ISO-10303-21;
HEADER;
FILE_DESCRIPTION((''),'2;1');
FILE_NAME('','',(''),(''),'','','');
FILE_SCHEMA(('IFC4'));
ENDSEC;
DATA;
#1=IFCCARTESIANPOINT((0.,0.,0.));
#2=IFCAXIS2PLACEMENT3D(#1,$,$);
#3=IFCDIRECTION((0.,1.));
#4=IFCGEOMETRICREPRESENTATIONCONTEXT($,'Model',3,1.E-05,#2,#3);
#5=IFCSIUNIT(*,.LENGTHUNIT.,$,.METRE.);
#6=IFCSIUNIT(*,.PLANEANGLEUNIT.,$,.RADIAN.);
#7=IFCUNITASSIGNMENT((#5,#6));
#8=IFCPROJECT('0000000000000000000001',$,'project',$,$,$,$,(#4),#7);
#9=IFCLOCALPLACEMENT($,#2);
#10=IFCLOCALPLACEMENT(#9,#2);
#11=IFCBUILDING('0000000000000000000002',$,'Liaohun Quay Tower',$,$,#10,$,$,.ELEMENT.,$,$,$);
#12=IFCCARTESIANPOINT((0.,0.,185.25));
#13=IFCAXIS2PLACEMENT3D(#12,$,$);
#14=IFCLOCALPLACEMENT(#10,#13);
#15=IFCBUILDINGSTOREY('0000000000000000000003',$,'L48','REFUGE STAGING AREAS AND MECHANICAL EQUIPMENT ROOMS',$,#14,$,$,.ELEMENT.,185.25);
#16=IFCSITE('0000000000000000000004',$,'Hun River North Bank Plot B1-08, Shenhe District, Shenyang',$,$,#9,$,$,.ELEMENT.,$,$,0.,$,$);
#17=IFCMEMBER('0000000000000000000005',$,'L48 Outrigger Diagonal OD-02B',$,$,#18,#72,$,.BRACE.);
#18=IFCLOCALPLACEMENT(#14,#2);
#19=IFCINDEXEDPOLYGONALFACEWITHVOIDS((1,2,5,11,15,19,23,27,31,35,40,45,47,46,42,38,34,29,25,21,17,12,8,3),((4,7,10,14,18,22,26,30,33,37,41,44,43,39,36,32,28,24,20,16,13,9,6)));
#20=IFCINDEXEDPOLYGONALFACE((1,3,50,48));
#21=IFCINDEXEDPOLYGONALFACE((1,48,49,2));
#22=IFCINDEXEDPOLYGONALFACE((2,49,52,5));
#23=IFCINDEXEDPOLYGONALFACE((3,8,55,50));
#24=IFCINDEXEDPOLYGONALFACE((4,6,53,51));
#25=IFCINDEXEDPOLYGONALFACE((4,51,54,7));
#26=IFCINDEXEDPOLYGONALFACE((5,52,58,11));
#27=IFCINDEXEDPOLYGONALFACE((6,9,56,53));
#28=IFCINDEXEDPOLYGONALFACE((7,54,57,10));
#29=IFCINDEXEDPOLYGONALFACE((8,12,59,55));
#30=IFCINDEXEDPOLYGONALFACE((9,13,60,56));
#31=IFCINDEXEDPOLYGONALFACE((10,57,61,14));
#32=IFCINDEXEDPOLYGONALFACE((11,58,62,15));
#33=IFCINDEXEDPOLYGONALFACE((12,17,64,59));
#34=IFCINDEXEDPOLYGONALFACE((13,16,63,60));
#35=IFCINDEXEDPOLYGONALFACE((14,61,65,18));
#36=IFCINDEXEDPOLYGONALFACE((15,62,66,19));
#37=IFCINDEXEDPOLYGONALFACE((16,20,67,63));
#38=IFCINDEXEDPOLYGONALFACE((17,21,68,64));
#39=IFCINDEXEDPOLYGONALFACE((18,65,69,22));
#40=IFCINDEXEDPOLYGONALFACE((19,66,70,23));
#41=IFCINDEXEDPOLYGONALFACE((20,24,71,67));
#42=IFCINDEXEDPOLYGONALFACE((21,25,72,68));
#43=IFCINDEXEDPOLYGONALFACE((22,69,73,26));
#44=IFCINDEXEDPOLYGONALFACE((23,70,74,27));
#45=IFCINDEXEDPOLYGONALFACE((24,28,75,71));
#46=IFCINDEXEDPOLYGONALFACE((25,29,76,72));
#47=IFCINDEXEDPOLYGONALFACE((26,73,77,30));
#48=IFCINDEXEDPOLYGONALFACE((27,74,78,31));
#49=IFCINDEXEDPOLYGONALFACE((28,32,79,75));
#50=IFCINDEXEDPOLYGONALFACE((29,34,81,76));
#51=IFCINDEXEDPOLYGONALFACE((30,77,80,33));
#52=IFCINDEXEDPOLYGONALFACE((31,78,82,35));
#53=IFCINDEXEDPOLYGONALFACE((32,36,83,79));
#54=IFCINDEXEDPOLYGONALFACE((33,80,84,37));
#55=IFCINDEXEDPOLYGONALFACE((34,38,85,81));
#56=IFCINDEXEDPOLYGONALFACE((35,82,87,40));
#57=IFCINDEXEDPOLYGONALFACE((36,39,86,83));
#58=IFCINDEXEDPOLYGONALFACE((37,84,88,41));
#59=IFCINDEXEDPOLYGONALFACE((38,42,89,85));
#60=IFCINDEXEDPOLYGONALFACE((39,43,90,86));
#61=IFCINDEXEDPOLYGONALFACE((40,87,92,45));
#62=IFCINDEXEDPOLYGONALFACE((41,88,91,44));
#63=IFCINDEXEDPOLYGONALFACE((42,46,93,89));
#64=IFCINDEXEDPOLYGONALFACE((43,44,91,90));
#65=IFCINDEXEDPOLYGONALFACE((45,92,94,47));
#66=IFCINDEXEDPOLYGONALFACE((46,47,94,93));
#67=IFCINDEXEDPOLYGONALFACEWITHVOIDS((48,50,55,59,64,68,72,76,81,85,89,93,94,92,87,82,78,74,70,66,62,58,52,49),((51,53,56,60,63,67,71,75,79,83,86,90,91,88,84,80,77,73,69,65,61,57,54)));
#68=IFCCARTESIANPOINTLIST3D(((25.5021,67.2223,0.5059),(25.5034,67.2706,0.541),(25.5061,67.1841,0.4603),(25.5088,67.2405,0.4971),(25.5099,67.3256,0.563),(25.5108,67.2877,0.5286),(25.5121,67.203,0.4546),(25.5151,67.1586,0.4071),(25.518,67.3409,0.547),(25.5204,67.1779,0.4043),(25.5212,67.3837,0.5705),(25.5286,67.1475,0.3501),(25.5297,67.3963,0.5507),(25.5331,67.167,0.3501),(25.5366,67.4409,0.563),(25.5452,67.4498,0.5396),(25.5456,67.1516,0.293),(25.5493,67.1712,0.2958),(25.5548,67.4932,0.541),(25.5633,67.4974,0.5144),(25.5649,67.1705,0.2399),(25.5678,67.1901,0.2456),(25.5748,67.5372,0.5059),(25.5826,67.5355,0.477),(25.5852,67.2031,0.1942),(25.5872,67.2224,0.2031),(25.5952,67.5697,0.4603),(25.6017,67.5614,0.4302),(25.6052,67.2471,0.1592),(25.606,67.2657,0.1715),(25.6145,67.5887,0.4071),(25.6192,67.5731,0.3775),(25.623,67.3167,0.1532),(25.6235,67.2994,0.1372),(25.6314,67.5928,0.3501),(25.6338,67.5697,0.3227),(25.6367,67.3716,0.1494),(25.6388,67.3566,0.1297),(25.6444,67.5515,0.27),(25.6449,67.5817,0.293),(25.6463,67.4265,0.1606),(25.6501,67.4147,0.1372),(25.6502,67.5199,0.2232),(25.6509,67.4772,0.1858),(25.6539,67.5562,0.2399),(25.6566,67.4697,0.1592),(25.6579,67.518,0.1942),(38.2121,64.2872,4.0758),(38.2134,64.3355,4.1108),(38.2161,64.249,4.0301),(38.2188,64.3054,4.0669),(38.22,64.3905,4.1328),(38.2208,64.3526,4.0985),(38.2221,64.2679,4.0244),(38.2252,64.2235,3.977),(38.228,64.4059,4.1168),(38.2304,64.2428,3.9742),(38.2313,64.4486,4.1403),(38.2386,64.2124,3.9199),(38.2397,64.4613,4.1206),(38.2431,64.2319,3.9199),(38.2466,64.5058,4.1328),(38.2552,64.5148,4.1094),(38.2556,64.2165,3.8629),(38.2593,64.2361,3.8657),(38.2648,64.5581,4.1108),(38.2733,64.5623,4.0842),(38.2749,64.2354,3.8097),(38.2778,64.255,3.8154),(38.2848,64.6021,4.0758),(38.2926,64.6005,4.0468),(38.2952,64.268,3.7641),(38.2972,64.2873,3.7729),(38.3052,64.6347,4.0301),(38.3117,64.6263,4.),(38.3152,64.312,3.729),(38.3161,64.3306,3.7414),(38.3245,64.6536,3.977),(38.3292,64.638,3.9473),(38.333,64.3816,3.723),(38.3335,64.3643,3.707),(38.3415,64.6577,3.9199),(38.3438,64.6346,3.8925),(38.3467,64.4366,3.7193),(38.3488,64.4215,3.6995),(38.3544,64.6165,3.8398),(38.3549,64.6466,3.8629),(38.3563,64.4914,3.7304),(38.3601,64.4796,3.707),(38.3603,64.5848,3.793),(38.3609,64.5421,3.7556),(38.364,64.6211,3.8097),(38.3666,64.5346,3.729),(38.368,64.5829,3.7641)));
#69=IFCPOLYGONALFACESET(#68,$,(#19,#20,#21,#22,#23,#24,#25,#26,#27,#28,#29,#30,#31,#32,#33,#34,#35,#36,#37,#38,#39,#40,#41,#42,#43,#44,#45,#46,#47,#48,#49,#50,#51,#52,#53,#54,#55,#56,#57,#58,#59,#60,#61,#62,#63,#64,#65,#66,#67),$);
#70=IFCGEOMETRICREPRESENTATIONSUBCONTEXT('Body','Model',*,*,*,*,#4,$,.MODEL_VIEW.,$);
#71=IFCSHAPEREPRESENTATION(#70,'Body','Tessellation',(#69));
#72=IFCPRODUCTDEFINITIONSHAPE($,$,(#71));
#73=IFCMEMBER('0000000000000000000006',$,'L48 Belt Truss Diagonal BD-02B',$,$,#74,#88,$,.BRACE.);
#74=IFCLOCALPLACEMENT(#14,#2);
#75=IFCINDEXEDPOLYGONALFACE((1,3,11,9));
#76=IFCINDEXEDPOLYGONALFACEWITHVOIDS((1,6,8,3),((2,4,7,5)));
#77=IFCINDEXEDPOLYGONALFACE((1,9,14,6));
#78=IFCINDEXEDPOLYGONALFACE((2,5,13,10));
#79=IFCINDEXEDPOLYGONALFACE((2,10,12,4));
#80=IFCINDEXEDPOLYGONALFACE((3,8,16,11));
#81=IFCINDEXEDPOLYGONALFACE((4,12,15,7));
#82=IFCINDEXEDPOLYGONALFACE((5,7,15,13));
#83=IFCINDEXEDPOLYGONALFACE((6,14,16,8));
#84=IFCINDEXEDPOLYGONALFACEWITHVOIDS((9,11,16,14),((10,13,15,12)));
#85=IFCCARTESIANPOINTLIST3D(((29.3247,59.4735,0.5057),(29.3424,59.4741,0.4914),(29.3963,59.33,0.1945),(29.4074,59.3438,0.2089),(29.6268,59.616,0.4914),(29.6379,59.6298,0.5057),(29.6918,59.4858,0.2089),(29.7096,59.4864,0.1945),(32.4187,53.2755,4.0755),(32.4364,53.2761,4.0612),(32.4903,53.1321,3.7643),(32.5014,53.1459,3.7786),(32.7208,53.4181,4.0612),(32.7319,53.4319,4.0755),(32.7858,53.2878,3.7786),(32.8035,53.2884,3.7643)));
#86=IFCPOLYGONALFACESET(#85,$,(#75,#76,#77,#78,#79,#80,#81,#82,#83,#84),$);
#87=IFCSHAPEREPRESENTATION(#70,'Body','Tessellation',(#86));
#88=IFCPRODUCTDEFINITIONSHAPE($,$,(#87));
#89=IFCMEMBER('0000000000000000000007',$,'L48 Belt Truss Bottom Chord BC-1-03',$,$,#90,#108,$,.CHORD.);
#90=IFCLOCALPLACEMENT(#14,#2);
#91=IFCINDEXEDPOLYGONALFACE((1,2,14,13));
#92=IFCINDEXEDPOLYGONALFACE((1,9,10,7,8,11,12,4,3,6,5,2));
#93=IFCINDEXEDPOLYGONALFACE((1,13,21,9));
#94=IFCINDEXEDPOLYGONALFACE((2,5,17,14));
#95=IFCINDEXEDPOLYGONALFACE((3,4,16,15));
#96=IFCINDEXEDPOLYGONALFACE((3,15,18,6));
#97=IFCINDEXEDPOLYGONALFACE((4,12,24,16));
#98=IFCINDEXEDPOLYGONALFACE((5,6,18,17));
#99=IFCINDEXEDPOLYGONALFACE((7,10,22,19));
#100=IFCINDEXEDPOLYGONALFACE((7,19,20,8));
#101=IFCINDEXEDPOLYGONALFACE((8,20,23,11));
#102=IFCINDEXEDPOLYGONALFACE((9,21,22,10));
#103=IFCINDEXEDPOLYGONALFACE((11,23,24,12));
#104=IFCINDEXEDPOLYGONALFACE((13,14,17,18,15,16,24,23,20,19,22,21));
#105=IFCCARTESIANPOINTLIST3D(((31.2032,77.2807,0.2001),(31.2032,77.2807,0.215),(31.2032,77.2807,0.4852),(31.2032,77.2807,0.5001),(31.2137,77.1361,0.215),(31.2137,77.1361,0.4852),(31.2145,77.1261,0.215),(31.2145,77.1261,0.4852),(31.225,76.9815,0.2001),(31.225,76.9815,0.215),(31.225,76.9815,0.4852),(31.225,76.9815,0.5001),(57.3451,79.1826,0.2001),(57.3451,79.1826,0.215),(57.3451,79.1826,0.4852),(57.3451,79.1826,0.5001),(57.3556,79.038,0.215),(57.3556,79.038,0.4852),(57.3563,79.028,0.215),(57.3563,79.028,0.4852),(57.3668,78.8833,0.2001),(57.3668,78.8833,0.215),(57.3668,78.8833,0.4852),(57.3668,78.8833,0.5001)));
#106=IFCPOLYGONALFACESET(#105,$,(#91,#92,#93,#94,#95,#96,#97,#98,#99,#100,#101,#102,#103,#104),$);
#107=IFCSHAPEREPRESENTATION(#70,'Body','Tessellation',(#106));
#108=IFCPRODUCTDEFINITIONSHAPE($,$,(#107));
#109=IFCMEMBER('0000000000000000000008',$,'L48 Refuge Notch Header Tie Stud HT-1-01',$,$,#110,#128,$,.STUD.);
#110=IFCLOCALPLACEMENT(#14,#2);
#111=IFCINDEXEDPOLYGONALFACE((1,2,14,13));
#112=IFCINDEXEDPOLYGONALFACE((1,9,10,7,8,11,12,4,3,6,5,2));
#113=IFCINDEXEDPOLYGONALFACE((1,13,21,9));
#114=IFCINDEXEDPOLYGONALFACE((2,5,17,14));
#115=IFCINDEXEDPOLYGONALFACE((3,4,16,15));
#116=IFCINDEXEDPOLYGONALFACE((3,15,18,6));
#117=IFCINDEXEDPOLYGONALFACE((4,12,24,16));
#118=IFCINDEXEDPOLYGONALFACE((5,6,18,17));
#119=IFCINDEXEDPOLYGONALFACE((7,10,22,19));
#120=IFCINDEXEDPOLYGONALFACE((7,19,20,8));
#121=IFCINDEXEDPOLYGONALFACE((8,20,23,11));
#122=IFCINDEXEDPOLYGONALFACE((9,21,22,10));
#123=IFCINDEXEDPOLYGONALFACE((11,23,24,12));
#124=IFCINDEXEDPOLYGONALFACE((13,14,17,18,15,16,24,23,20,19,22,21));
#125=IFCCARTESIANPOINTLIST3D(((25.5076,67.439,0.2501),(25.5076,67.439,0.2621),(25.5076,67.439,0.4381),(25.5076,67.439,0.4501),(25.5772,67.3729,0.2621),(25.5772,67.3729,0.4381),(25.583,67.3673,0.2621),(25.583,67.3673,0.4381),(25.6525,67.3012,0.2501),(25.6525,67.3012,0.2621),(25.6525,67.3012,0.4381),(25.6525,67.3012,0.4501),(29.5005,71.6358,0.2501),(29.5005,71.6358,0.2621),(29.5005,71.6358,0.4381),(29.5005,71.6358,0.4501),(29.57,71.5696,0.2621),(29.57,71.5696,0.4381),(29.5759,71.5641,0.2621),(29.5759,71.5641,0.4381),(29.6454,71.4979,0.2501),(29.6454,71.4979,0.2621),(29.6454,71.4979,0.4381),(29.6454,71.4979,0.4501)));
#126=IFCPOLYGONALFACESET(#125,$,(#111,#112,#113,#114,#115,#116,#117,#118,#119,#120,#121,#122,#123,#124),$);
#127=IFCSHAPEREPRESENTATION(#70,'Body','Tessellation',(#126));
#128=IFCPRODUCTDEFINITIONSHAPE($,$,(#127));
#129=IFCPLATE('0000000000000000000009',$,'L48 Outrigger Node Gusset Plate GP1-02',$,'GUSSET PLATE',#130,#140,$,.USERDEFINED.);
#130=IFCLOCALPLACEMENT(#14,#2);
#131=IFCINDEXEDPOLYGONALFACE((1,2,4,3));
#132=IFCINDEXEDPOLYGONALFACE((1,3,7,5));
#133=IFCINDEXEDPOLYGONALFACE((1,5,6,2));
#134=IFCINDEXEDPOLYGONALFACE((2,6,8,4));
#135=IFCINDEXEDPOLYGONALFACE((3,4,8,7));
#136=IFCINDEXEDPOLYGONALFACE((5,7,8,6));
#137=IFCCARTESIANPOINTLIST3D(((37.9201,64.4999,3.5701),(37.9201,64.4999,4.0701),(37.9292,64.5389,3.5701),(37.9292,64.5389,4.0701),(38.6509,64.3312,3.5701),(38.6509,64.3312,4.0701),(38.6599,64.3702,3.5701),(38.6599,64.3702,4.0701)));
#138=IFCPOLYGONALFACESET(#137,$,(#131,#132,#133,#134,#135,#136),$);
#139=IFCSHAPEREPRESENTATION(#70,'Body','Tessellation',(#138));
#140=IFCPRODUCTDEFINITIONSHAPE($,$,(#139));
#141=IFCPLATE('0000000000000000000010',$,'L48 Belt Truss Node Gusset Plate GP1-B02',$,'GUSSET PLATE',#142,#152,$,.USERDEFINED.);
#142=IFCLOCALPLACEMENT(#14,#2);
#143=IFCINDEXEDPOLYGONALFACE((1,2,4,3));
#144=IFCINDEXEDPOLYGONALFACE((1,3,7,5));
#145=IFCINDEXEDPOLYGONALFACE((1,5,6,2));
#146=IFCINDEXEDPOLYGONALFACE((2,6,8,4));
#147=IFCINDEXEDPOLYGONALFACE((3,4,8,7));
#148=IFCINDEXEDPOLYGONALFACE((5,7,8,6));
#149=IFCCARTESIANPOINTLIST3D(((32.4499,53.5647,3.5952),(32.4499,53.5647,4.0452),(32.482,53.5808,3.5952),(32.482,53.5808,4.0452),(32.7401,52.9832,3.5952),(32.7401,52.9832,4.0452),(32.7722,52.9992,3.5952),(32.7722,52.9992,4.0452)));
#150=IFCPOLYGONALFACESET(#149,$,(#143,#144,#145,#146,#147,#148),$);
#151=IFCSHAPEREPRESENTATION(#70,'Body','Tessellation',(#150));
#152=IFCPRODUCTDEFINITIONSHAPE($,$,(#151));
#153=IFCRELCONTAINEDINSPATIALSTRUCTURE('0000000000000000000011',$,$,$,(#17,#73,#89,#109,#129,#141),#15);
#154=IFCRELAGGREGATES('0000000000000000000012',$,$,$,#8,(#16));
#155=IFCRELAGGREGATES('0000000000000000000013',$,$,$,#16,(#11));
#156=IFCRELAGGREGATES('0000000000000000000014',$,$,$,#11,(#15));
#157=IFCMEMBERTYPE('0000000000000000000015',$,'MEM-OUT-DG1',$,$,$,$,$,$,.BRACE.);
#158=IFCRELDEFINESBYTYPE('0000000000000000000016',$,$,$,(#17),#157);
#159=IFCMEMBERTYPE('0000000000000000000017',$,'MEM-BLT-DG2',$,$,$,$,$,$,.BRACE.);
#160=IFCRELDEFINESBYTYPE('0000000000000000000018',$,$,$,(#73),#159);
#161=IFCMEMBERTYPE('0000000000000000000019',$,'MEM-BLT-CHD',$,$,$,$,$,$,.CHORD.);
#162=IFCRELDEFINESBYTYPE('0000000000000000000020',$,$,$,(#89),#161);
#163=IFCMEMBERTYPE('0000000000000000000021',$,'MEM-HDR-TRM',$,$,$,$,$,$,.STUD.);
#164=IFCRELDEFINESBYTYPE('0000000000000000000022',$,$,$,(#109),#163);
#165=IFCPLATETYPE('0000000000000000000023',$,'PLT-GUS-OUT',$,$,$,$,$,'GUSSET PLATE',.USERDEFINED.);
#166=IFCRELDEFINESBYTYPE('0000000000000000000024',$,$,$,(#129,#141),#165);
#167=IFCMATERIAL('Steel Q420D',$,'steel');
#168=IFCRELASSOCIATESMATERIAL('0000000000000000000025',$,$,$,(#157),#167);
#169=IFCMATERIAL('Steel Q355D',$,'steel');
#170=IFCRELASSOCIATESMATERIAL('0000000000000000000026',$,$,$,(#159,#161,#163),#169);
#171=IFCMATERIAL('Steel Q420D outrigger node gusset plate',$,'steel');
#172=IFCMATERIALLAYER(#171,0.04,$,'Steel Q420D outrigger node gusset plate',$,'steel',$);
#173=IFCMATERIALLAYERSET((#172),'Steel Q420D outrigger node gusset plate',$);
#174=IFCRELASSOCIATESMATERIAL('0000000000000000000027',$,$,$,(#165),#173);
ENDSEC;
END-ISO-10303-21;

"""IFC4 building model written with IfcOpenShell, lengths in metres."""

from ifc_helpers import new_model, si_unit, direction, frame, origin, origin_2d, place, context, subcontext, project, spatial, rectangle, hollow_rectangle, hollow_circle, i_section, extrude, source, transform, mapped, material, layer, layer_set, material_profile, profile_set, type_object, element, save


model = new_model("IFC4")

# Units and contexts
model_context = context("Model", 3, precision=1e-05, world=origin(), true_north=direction((0.0, 1.0)))
body_context = subcontext(model_context, "Body", "Model", "MODEL_VIEW")
ifc_project = project(units=[si_unit("LENGTHUNIT", "METRE"), si_unit("PLANEANGLEUNIT", "RADIAN")], contexts=[model_context])

# Site, building, storey
site_placement = place(None, origin())
site = spatial("IfcSite", under=ifc_project, at=site_placement, Name="Hun River North Bank Plot B1-08, Shenhe District, Shenyang", CompositionType="ELEMENT", RefElevation=0.0)
building_placement = place(site_placement, origin())
building = spatial("IfcBuilding", under=site, at=building_placement, Name="Liaohun Quay Tower", CompositionType="ELEMENT")
storey_placement = place(building_placement, frame((0.0, 0.0, 185.25)))
storey = spatial("IfcBuildingStorey", under=building, at=storey_placement, Name="L48", Description="REFUGE STAGING AREAS AND MECHANICAL EQUIPMENT ROOMS", CompositionType="ELEMENT", Elevation=185.25)

# Shared definitions
ifc_material_1 = material(Name="Steel Q355D", Category="steel")

# Members
ifc_material_2 = material(Name="Steel Q420D", Category="steel")
ifc_material_profile_1 = material_profile(ifc_material_2, hollow_circle(Radius=0.2285, WallThickness=0.02, at=origin_2d()), Name="CHS457x20")
ifc_profile_set_1 = profile_set([ifc_material_profile_1], Name="Steel Q420D")
member_type_1 = type_object("IfcMemberType", Name="MEM-OUT-DG1", PredefinedType="BRACE", material=ifc_profile_set_1)
shared_shape_1 = source(origin(), body_context, "Body", "SweptSolid", [
    extrude(hollow_circle(Radius=0.2285, WallThickness=0.02, at=origin_2d()), origin(), (0.0, 0.0, 1.0), 13.5242),
])
member_1_placement = place(storey_placement, frame((38.29, 64.4351, 3.9199), z_axis=(-0.939801, 0.217024, -0.26396), x_axis=(-0.225004, -0.974358, 0.0)))
element("IfcMember", 1, at=member_1_placement, inside=storey, type_object=member_type_1, Name="L48 Outrigger Diagonal OD-02B", PredefinedType="BRACE", context=body_context, shape_type="MappedRepresentation", body=[
    mapped(shared_shape_1, transform((0.0, 0.0, 0.0), x_axis=(1.0, 0.0, 0.0), y_axis=(0.0, 1.0, 0.0), z_axis=(0.0, 0.0, 1.0), scale=1.0)),
])
ifc_material_profile_2 = material_profile(ifc_material_1, hollow_rectangle(XDim=0.3501, YDim=0.3501, WallThickness=0.0161, at=origin_2d()), Name="SHS350x350x16")
ifc_profile_set_2 = profile_set([ifc_material_profile_2], Name="Steel Q355D")
member_type_2 = type_object("IfcMemberType", Name="MEM-BLT-DG2", PredefinedType="BRACE", material=ifc_profile_set_2)
shared_shape_2 = source(origin(), body_context, "Body", "SweptSolid", [
    extrude(hollow_rectangle(XDim=0.3501, YDim=0.3501, WallThickness=0.0161, at=origin_2d()), origin(), (0.0, 0.0, 1.0), 7.793),
])
member_2_placement = place(storey_placement, frame((32.6111, 53.282, 3.9199), z_axis=(-0.39702, 0.795324, -0.458078), x_axis=(-0.894716, -0.446636, 0.0)))
element("IfcMember", 2, at=member_2_placement, inside=storey, type_object=member_type_2, Name="L48 Belt Truss Diagonal BD-02B", PredefinedType="BRACE", context=body_context, shape_type="MappedRepresentation", body=[
    mapped(shared_shape_2, transform((0.0, 0.0, 0.0), x_axis=(1.0, 0.0, 0.0), y_axis=(0.0, 1.0, 0.0), z_axis=(0.0, 0.0, 1.0), scale=1.0)),
])
ifc_material_profile_3 = material_profile(ifc_material_1, i_section(OverallWidth=0.3, OverallDepth=0.3, WebThickness=0.01, FlangeThickness=0.0149, at=origin_2d()), Name="HW300x300x10x15")
ifc_profile_set_3 = profile_set([ifc_material_profile_3], Name="Steel Q355D")
member_type_3 = type_object("IfcMemberType", Name="MEM-BLT-CHD", PredefinedType="CHORD", material=ifc_profile_set_3)
shared_shape_3 = source(origin(), body_context, "Body", "SweptSolid", [
    extrude(i_section(OverallWidth=0.3, OverallDepth=0.3, WebThickness=0.01, FlangeThickness=0.0149, at=origin_2d()), origin(), (0.0, 0.0, 1.0), 26.2109),
])
member_3_placement = place(storey_placement, frame((31.2141, 77.1311, 0.3501), z_axis=(0.997364, 0.07256, 0.0), x_axis=(-0.07256, 0.997364, 0.0)))
element("IfcMember", 3, at=member_3_placement, inside=storey, type_object=member_type_3, Name="L48 Belt Truss Bottom Chord BC-1-03", PredefinedType="CHORD", context=body_context, shape_type="MappedRepresentation", body=[
    mapped(shared_shape_3, transform((0.0, 0.0, 0.0), x_axis=(1.0, 0.0, 0.0), y_axis=(0.0, 1.0, 0.0), z_axis=(0.0, 0.0, 1.0), scale=1.0)),
])
ifc_material_profile_4 = material_profile(ifc_material_1, i_section(OverallWidth=0.2, OverallDepth=0.2, WebThickness=0.0081, FlangeThickness=0.012, at=origin_2d()), Name="HW200x200x8x12")
ifc_profile_set_4 = profile_set([ifc_material_profile_4], Name="Steel Q355D")
member_type_4 = type_object("IfcMemberType", Name="MEM-HDR-TRM", PredefinedType="STUD", material=ifc_profile_set_4)
shared_shape_4 = source(origin(), body_context, "Body", "SweptSolid", [
    extrude(i_section(OverallWidth=0.2, OverallDepth=0.2, WebThickness=0.0081, FlangeThickness=0.012, at=origin_2d()), origin(), (0.0, 0.0, 1.0), 5.7927),
])
member_4_placement = place(storey_placement, frame((25.5801, 67.3701, 0.3501), z_axis=(0.689292, 0.724484, 0.0), x_axis=(-0.724484, 0.689292, 0.0)))
element("IfcMember", 4, at=member_4_placement, inside=storey, type_object=member_type_4, Name="L48 Refuge Notch Header Tie Stud HT-1-01", PredefinedType="STUD", context=body_context, shape_type="MappedRepresentation", body=[
    mapped(shared_shape_4, transform((0.0, 0.0, 0.0), x_axis=(1.0, 0.0, 0.0), y_axis=(0.0, 1.0, 0.0), z_axis=(0.0, 0.0, 1.0), scale=1.0)),
])

# Plates
ifc_material_3 = material(Name="Steel Q420D outrigger node gusset plate", Category="steel")
ifc_layer = layer(ifc_material_3, 0.04, Name="Steel Q420D outrigger node gusset plate", Category="steel")
ifc_layer_set = layer_set([ifc_layer], Name="Steel Q420D outrigger node gusset plate")
plate_type = type_object("IfcPlateType", Name="PLT-GUS-OUT", ElementType="GUSSET PLATE", PredefinedType="USERDEFINED", material=ifc_layer_set)
shared_shape_5 = source(origin(), body_context, "Body", "SweptSolid", [
    extrude(rectangle(XDim=0.75, YDim=0.04, at=origin_2d()), origin(), (0.0, 0.0, 1.0), 0.5),
])
plate_1_placement = place(storey_placement, frame((38.29, 64.4351, 3.5701), z_axis=(0.0, 0.0, 1.0), x_axis=(-0.97437, 0.224951, 0.0)))
element("IfcPlate", 5, at=plate_1_placement, inside=storey, type_object=plate_type, Name="L48 Outrigger Node Gusset Plate GP1-02", ObjectType="GUSSET PLATE", PredefinedType="USERDEFINED", context=body_context, shape_type="MappedRepresentation", body=[
    mapped(shared_shape_5, transform((0.0, 0.0, 0.0), x_axis=(1.0, 0.0, 0.0), y_axis=(0.0, 1.0, 0.0), z_axis=(0.0, 0.0, 1.0), scale=1.0)),
])
shared_shape_6 = source(origin(), body_context, "Body", "SweptSolid", [
    extrude(rectangle(XDim=0.6499, YDim=0.0359, at=origin_2d()), origin(), (0.0, 0.0, 1.0), 0.45),
])
plate_2_placement = place(storey_placement, frame((32.6111, 53.282, 3.5952), z_axis=(0.0, 0.0, 1.0), x_axis=(-0.44651, 0.894779, 0.0)))
element("IfcPlate", 6, at=plate_2_placement, inside=storey, type_object=plate_type, Name="L48 Belt Truss Node Gusset Plate GP1-B02", ObjectType="GUSSET PLATE", PredefinedType="USERDEFINED", context=body_context, shape_type="MappedRepresentation", body=[
    mapped(shared_shape_6, transform((0.0, 0.0, 0.0), x_axis=(1.0, 0.0, 0.0), y_axis=(0.0, 1.0, 0.0), z_axis=(0.0, 0.0, 1.0), scale=1.0)),
])

save(model, "model.ifc")
